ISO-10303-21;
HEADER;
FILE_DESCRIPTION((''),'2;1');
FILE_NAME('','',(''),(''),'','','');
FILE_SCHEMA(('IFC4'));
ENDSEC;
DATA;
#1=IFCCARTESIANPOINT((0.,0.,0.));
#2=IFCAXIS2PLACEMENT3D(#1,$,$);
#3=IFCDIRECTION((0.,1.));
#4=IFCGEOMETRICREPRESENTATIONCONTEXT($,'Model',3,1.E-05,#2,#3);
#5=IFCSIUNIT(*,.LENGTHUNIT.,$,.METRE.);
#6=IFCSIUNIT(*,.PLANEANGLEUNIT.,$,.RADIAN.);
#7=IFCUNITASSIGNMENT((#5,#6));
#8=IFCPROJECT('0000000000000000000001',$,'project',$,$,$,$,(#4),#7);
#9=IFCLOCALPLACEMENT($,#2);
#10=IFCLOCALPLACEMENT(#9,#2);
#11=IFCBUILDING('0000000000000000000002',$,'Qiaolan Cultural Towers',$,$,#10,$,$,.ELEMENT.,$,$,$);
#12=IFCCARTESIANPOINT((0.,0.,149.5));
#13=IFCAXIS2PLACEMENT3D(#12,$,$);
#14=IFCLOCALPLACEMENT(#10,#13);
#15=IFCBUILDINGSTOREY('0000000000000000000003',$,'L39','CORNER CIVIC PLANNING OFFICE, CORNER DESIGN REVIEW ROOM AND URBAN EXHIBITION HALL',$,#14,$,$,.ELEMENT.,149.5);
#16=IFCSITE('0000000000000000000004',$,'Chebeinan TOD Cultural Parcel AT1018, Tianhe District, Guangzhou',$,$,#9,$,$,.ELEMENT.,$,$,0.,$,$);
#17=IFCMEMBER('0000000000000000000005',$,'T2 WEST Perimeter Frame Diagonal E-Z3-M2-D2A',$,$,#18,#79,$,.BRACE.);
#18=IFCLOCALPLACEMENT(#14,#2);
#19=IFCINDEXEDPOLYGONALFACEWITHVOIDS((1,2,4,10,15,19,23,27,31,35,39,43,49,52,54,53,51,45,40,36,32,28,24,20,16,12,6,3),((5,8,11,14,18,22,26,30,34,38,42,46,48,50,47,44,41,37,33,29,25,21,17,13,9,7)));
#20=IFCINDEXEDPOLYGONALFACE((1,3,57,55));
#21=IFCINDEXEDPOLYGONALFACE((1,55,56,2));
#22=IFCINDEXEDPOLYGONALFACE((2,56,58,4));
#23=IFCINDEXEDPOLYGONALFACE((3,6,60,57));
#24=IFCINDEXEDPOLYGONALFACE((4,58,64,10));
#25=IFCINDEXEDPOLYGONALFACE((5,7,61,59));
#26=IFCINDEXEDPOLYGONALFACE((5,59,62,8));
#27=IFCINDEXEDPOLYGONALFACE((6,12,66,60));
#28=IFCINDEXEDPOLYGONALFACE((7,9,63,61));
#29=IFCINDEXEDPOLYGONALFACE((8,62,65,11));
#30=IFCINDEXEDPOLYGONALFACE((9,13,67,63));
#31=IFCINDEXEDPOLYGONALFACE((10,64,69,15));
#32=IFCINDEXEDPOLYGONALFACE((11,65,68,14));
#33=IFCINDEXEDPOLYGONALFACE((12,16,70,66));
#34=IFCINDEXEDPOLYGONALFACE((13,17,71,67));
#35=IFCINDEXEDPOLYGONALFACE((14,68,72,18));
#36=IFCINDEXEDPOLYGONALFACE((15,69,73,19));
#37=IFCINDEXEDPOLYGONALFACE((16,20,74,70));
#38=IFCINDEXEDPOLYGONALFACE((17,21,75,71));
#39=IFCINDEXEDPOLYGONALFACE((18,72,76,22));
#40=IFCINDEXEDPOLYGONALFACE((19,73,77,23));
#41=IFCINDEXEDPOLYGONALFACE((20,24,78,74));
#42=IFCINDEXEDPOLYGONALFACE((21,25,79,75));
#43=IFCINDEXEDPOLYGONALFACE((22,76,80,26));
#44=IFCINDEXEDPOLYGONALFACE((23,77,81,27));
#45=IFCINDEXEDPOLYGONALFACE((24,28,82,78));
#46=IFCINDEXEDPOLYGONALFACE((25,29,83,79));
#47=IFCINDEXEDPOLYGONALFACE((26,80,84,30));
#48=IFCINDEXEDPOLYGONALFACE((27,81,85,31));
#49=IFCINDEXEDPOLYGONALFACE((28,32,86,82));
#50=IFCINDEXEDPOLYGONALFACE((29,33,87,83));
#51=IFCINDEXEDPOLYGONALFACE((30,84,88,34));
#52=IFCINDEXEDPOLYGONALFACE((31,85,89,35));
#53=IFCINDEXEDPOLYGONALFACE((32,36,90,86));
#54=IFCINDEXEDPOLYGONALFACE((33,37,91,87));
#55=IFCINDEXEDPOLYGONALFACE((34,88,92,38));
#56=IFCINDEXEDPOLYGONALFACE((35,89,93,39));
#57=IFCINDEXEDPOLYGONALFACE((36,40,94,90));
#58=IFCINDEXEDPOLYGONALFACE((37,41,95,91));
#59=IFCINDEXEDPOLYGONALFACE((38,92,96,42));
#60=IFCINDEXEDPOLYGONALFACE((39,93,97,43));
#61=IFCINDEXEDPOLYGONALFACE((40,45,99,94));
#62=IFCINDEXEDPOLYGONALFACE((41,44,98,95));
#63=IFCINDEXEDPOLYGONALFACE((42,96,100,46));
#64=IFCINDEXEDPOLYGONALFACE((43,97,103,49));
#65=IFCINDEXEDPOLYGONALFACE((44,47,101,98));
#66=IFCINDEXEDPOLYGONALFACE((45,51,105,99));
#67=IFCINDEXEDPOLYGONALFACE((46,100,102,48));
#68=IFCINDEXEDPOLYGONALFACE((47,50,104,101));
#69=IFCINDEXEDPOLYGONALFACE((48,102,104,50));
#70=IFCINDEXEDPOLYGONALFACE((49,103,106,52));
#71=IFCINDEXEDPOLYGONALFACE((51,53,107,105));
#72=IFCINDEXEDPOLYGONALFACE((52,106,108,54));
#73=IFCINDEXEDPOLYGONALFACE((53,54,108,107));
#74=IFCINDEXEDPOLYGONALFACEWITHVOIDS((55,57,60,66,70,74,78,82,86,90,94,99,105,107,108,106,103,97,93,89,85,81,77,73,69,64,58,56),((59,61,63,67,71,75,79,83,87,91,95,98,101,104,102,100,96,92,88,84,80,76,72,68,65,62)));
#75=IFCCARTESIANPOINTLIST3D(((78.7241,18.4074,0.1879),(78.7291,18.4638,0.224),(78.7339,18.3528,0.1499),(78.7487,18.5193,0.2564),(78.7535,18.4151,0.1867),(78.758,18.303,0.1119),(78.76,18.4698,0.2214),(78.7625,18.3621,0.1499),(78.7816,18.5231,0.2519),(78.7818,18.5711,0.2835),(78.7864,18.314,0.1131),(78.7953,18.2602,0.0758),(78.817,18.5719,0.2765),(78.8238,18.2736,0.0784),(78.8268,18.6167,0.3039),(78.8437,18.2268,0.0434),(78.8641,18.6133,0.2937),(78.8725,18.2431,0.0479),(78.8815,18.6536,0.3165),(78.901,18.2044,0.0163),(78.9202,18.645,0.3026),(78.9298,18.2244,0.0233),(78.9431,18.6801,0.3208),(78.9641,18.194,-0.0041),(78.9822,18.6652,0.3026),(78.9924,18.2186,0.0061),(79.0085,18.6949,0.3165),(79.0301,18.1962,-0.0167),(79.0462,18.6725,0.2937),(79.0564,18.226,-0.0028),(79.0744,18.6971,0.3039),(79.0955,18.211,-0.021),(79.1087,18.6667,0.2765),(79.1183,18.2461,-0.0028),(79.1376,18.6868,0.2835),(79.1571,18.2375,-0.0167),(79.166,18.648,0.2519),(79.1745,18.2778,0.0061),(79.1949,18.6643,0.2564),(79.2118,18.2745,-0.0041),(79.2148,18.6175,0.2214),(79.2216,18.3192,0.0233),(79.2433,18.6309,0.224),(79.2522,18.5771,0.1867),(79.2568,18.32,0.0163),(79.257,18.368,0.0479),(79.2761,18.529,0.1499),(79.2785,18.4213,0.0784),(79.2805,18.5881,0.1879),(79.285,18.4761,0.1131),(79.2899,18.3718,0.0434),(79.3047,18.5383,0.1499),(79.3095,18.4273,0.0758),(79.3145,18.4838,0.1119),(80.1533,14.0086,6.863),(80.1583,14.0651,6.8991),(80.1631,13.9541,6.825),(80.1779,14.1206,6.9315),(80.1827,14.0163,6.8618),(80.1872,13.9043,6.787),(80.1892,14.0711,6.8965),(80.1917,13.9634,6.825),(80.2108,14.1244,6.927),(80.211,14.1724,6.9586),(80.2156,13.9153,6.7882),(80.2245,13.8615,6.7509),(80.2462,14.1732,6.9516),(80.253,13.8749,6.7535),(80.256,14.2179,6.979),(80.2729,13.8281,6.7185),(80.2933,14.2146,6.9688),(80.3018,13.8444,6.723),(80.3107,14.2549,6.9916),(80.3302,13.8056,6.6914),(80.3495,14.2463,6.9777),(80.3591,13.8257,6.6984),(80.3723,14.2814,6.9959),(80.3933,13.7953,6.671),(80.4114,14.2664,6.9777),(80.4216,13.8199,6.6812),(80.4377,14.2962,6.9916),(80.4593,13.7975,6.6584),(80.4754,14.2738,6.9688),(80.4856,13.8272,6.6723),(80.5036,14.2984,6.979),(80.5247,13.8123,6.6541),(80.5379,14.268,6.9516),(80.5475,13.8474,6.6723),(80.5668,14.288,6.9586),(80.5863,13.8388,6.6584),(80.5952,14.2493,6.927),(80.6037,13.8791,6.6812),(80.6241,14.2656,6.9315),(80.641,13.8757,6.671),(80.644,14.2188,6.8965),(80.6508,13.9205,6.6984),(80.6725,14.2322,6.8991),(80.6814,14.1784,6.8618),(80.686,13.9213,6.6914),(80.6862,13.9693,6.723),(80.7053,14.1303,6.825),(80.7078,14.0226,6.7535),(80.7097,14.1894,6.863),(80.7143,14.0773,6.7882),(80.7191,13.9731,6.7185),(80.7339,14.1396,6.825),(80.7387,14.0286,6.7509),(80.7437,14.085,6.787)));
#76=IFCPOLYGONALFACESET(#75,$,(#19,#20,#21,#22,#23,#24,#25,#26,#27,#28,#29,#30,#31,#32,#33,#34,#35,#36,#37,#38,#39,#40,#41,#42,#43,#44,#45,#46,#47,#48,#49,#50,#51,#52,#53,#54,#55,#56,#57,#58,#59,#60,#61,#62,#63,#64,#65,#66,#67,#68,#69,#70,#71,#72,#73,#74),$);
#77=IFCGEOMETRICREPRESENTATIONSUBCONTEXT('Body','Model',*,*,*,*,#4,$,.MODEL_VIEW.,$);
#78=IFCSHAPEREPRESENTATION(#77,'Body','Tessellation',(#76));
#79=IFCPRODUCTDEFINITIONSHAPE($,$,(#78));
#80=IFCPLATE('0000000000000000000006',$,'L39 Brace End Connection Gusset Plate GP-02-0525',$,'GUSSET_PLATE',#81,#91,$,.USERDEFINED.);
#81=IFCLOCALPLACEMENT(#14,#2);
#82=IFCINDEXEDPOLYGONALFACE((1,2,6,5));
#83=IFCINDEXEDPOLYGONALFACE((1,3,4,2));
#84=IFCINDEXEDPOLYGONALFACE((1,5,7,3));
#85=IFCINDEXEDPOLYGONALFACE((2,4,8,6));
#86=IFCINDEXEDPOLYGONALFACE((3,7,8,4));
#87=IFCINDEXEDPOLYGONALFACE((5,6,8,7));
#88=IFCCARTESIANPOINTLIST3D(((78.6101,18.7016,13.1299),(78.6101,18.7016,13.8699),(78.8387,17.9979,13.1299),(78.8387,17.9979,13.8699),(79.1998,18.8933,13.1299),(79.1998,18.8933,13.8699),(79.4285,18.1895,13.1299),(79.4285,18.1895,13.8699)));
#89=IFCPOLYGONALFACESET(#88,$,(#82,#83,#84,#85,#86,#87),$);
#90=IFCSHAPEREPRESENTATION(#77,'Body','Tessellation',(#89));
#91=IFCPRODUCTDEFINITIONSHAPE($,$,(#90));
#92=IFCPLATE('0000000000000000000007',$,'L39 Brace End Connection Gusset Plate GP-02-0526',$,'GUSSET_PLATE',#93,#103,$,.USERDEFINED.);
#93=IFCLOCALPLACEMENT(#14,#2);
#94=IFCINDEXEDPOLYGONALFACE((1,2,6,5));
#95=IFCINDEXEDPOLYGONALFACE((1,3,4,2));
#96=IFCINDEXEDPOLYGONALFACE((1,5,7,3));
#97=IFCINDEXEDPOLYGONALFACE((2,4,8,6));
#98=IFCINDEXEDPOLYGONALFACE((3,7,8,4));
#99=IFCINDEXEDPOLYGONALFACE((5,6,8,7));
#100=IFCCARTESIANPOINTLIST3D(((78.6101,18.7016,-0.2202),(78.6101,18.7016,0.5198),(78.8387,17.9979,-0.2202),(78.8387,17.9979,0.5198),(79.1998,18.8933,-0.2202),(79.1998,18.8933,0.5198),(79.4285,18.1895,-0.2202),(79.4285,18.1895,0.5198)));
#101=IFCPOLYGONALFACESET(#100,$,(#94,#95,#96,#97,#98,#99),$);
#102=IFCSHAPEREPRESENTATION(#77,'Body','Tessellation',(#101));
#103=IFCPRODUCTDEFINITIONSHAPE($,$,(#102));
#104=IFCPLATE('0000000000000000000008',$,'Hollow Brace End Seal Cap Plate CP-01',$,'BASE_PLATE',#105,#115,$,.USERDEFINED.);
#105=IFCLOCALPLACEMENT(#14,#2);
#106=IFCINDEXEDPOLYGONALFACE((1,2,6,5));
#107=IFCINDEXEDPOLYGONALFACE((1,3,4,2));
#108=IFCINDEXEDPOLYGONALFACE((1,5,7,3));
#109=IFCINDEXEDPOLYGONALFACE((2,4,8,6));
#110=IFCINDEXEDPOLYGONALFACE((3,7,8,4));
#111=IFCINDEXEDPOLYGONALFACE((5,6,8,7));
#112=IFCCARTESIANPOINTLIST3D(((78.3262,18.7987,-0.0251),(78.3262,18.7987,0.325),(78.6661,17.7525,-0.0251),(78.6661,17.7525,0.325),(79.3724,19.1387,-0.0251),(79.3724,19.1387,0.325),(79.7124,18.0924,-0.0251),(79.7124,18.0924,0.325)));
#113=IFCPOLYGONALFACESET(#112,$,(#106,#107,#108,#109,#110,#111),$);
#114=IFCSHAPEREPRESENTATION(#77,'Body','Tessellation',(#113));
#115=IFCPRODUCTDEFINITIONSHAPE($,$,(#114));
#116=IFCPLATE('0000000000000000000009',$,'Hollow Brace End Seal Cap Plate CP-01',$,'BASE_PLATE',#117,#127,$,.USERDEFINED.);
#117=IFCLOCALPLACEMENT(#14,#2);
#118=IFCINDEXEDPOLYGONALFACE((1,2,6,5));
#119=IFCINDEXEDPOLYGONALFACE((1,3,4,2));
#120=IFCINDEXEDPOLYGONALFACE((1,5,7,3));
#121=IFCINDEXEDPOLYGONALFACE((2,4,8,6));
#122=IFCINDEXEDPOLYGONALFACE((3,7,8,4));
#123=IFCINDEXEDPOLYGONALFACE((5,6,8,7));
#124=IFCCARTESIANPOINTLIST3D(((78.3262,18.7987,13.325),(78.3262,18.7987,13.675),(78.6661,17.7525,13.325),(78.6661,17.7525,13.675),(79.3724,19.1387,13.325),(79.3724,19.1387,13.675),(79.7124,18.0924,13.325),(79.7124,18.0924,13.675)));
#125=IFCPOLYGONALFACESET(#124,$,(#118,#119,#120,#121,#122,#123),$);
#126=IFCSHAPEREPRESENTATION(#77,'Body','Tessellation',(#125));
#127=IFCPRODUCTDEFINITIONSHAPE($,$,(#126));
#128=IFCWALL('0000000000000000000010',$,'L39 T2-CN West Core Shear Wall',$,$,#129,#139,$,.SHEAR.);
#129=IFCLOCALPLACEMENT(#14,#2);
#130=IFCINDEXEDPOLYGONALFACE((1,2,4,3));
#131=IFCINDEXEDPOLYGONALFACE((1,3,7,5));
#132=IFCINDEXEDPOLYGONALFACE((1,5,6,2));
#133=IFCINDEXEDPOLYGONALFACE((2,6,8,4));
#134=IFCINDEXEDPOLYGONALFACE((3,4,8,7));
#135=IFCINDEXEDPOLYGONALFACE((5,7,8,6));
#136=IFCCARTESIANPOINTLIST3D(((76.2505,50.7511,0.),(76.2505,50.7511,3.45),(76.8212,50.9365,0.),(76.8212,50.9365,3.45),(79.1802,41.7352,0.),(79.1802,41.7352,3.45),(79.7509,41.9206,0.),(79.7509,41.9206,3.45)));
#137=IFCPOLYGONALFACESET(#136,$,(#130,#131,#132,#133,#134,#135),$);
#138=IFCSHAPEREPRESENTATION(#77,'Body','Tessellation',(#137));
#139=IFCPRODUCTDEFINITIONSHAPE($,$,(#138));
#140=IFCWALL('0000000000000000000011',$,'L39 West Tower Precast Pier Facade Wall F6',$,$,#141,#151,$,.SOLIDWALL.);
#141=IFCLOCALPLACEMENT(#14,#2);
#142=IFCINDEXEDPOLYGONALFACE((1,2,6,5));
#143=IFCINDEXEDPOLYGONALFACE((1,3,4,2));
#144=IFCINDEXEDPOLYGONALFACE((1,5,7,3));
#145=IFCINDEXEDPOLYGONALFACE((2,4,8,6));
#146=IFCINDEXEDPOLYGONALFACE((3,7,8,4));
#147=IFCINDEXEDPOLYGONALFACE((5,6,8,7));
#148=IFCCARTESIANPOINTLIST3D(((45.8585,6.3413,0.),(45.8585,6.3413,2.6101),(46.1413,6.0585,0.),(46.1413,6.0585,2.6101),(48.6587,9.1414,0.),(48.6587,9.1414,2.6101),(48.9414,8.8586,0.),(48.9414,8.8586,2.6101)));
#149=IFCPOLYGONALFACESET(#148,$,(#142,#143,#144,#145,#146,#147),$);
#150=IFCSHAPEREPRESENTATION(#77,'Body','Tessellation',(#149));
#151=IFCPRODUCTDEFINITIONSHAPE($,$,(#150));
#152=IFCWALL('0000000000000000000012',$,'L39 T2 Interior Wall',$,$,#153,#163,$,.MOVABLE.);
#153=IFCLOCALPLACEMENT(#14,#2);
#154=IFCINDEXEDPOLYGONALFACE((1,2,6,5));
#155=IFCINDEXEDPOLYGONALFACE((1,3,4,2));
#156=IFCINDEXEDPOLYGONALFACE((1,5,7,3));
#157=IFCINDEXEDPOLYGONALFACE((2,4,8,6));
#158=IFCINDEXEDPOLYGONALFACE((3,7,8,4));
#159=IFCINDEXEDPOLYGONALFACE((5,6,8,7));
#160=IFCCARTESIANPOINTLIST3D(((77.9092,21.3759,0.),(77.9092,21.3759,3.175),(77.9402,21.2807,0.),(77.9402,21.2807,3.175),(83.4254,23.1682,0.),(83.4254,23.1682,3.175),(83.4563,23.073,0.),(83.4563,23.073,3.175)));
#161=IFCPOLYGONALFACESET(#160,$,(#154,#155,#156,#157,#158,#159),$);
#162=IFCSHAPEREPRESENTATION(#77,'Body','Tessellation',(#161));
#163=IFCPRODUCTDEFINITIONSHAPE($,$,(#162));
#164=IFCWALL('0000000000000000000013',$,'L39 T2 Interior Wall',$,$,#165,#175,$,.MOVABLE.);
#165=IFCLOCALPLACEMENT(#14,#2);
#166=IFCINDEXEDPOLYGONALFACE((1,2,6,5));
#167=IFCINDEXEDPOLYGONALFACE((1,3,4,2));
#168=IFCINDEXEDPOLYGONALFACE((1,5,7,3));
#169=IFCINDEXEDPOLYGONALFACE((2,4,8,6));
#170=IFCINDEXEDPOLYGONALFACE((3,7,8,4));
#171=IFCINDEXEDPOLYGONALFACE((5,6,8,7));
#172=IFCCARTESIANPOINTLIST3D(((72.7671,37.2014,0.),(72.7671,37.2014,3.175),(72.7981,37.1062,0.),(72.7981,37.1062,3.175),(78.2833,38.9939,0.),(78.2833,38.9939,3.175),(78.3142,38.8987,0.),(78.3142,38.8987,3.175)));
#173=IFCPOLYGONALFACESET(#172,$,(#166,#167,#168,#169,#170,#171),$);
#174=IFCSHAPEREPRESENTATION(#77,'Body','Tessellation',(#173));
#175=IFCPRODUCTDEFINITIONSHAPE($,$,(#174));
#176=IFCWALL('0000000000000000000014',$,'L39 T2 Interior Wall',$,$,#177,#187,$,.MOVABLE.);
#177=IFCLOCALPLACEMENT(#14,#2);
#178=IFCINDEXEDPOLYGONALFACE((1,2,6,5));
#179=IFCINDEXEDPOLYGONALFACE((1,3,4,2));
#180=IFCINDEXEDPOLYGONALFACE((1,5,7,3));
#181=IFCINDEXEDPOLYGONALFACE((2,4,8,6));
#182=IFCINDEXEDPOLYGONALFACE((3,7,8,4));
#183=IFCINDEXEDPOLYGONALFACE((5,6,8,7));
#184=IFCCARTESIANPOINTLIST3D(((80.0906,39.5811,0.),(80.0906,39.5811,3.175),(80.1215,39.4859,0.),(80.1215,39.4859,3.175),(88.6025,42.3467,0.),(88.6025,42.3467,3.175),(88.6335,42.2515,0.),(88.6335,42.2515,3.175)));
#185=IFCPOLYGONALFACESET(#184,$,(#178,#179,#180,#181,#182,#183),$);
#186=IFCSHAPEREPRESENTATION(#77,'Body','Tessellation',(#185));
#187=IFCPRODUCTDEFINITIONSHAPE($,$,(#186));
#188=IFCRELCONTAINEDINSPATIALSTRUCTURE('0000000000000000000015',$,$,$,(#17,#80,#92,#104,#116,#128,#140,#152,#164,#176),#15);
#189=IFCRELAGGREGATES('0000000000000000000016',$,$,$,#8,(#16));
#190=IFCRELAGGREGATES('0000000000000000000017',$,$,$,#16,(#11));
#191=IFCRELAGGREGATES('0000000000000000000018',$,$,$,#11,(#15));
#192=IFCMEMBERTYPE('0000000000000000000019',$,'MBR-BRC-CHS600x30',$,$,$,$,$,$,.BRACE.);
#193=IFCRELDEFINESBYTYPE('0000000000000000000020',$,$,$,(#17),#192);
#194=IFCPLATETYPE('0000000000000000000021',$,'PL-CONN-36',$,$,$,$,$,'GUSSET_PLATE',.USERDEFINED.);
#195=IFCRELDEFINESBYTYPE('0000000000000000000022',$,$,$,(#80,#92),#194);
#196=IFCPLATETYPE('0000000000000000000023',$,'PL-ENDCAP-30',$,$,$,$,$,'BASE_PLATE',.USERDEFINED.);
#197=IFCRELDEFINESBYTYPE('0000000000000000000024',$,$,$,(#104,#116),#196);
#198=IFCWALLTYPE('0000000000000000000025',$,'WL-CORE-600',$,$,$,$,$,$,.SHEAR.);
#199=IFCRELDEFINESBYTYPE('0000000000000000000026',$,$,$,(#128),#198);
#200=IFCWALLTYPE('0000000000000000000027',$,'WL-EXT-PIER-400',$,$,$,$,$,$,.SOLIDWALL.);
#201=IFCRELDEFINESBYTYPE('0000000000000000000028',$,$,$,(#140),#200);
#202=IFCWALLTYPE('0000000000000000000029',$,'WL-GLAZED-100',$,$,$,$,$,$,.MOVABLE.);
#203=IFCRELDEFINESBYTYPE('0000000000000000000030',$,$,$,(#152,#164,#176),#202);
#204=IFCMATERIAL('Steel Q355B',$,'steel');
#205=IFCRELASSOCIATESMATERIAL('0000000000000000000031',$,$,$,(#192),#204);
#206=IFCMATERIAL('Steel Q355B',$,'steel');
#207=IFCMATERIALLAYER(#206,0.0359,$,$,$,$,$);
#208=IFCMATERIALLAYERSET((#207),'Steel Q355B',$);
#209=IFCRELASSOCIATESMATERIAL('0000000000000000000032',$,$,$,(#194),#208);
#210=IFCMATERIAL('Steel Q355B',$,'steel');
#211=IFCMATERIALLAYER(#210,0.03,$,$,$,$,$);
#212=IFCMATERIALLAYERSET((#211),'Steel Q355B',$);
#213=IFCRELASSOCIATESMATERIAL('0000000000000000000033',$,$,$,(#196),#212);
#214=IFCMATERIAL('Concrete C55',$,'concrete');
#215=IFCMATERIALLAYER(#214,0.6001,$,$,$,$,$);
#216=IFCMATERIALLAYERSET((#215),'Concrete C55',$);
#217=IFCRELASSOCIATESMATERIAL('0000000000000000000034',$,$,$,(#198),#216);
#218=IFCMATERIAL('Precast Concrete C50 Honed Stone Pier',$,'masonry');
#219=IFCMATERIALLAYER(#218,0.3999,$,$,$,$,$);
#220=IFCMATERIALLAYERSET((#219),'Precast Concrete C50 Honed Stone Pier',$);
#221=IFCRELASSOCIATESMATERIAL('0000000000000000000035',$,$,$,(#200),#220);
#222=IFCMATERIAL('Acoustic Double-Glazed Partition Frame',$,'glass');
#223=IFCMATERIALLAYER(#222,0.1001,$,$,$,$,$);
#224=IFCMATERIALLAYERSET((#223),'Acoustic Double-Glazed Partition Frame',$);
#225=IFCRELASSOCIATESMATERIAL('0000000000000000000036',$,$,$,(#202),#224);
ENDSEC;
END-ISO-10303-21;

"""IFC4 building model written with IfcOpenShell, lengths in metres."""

from ifc_helpers import new_model, si_unit, direction, frame, frame_2d, origin, origin_2d, place, context, subcontext, project, spatial, rectangle, hollow_circle, extrude, material, layer, layer_set, material_profile, profile_set, type_object, element, save


model = new_model("IFC4")

# Units and contexts
model_context = context("Model", 3, precision=1e-05, world=origin(), true_north=direction((0.0, 1.0)))
body_context = subcontext(model_context, "Body", "Model", "MODEL_VIEW")
ifc_project = project(units=[si_unit("LENGTHUNIT", "METRE"), si_unit("PLANEANGLEUNIT", "RADIAN")], contexts=[model_context])

# Site, building, storey
site_placement = place(None, origin())
site = spatial("IfcSite", under=ifc_project, at=site_placement, Name="Chebeinan TOD Cultural Parcel AT1018, Tianhe District, Guangzhou", CompositionType="ELEMENT", RefElevation=0.0)
building_placement = place(site_placement, origin())
building = spatial("IfcBuilding", under=site, at=building_placement, Name="Qiaolan Cultural Towers", CompositionType="ELEMENT")
storey_placement = place(building_placement, frame((0.0, 0.0, 149.5)))
storey = spatial("IfcBuildingStorey", under=building, at=storey_placement, Name="L39", Description="CORNER CIVIC PLANNING OFFICE, CORNER DESIGN REVIEW ROOM AND URBAN EXHIBITION HALL", CompositionType="ELEMENT", Elevation=149.5)

# Member
ifc_material_1 = material(Name="Steel Q355B", Category="steel")
ifc_material_profile_1 = material_profile(ifc_material_1, hollow_circle(Radius=0.3, WallThickness=0.03, at=origin_2d()), Name="CHS600x30")
ifc_profile_set_1 = profile_set([ifc_material_profile_1], Name="Steel Q355B")
member_type = type_object("IfcMemberType", Name="MBR-BRC-CHS600x30", PredefinedType="BRACE", material=ifc_profile_set_1)
member_placement = place(storey_placement, frame((79.0193, 18.4456, 0.1499), z_axis=(0.175993, -0.541657, 0.82197), x_axis=(0.951058, 0.309013, 0.0)))
element("IfcMember", 1, at=member_placement, inside=storey, type_object=member_type, Name="T2 WEST Perimeter Frame Diagonal E-Z3-M2-D2A", PredefinedType="BRACE", context=body_context, shape_type="SweptSolid", body=[
    extrude(hollow_circle(Radius=0.3, WallThickness=0.03, at=origin_2d()), origin(), (0.0, 0.0, 1.0), 8.1208),
])

# Plates
ifc_material_2 = material(Name="Steel Q355B", Category="steel")
ifc_layer_1 = layer(ifc_material_2, 0.0359)
ifc_layer_set_1 = layer_set([ifc_layer_1], Name="Steel Q355B")
plate_type_1 = type_object("IfcPlateType", Name="PL-CONN-36", ElementType="GUSSET_PLATE", PredefinedType="USERDEFINED", material=ifc_layer_set_1)
for number, where, z_axis, x_axis, name in (
    (2, (79.0193, 18.4456, 13.1299), (0.0, 0.0, 1.0), (-0.309017, 0.951057, 0.0), "L39 Brace End Connection Gusset Plate GP-02-0525"),
    (3, (79.0193, 18.4456, -0.2202), (0.0, 0.0, 1.0), (-0.309017, 0.951057, 0.0), "L39 Brace End Connection Gusset Plate GP-02-0526"),
):
    element("IfcPlate", number, at=place(storey_placement, frame(where, z_axis=z_axis, x_axis=x_axis)), inside=storey, type_object=plate_type_1, Name=name, ObjectType="GUSSET_PLATE", PredefinedType="USERDEFINED", context=body_context, shape_type="SweptSolid", body=[
        extrude(rectangle(XDim=0.74, YDim=0.6201, at=origin_2d()), origin(), (0.0, 0.0, 1.0), 0.74),
    ])
ifc_material_3 = material(Name="Steel Q355B", Category="steel")
ifc_layer_2 = layer(ifc_material_3, 0.03)
ifc_layer_set_2 = layer_set([ifc_layer_2], Name="Steel Q355B")
plate_type_2 = type_object("IfcPlateType", Name="PL-ENDCAP-30", ElementType="BASE_PLATE", PredefinedType="USERDEFINED", material=ifc_layer_set_2)
for number, where, z_axis, x_axis, name in (
    (4, (79.0193, 18.4456, -0.0251), (0.0, 0.0, 1.0), (-0.309017, 0.951057, 0.0), "Hollow Brace End Seal Cap Plate CP-01"),
    (5, (79.0193, 18.4456, 13.325), (0.0, 0.0, 1.0), (-0.309017, 0.951057, 0.0), "Hollow Brace End Seal Cap Plate CP-01"),
):
    element("IfcPlate", number, at=place(storey_placement, frame(where, z_axis=z_axis, x_axis=x_axis)), inside=storey, type_object=plate_type_2, Name=name, ObjectType="BASE_PLATE", PredefinedType="USERDEFINED", context=body_context, shape_type="SweptSolid", body=[
        extrude(rectangle(XDim=1.1001, YDim=1.1001, at=origin_2d()), origin(), (0.0, 0.0, 1.0), 0.3501),
    ])

# Walls
ifc_material_4 = material(Name="Concrete C55", Category="concrete")
ifc_layer_3 = layer(ifc_material_4, 0.6001)
ifc_layer_set_3 = layer_set([ifc_layer_3], Name="Concrete C55")
wall_type_1 = type_object("IfcWallType", Name="WL-CORE-600", PredefinedType="SHEAR", material=ifc_layer_set_3)
wall_1_placement = place(storey_placement, frame((79.4656, 41.8279, 0.0), z_axis=(0.0, 0.0, 1.0), x_axis=(-0.309041, 0.951049, 0.0)))
element("IfcWall", 6, at=wall_1_placement, inside=storey, type_object=wall_type_1, Name="L39 T2-CN West Core Shear Wall", PredefinedType="SHEAR", context=body_context, shape_type="SweptSolid", body=[
    extrude(rectangle(XDim=9.48, YDim=0.6001, at=frame_2d((4.74, 0.0))), origin(), (0.0, 0.0, 1.0), 3.45),
])
ifc_material_5 = material(Name="Precast Concrete C50 Honed Stone Pier", Category="masonry")
ifc_layer_4 = layer(ifc_material_5, 0.3999)
ifc_layer_set_4 = layer_set([ifc_layer_4], Name="Precast Concrete C50 Honed Stone Pier")
wall_type_2 = type_object("IfcWallType", Name="WL-EXT-PIER-400", PredefinedType="SOLIDWALL", material=ifc_layer_set_4)
wall_2_placement = place(storey_placement, frame((48.8, 9.0, 0.0), z_axis=(0.0, 0.0, 1.0), x_axis=(-0.707107, -0.707107, 0.0)))
element("IfcWall", 7, at=wall_2_placement, inside=storey, type_object=wall_type_2, Name="L39 West Tower Precast Pier Facade Wall F6", PredefinedType="SOLIDWALL", context=body_context, shape_type="SweptSolid", body=[
    extrude(rectangle(XDim=3.96, YDim=0.3999, at=frame_2d((1.98, 0.0))), origin(), (0.0, 0.0, 1.0), 2.6101),
])
ifc_material_6 = material(Name="Acoustic Double-Glazed Partition Frame", Category="glass")
ifc_layer_5 = layer(ifc_material_6, 0.1001)
ifc_layer_set_5 = layer_set([ifc_layer_5], Name="Acoustic Double-Glazed Partition Frame")
wall_type_3 = type_object("IfcWallType", Name="WL-GLAZED-100", PredefinedType="MOVABLE", material=ifc_layer_set_5)
for number, where, z_axis, x_axis, name in (
    (8, (77.9248, 21.3284, 0.0), (0.0, 0.0, 1.0), (0.951059, 0.309008, 0.0), "L39 T2 Interior Wall"),
    (9, (72.7827, 37.1538, 0.0), (0.0, 0.0, 1.0), (0.951047, 0.309046, 0.0), "L39 T2 Interior Wall"),
):
    element("IfcWall", number, at=place(storey_placement, frame(where, z_axis=z_axis, x_axis=x_axis)), inside=storey, type_object=wall_type_3, Name=name, PredefinedType="MOVABLE", context=body_context, shape_type="SweptSolid", body=[
        extrude(rectangle(XDim=5.8, YDim=0.1001, at=frame_2d((2.8999, 0.0))), origin(), (0.0, 0.0, 1.0), 3.175),
    ])
wall_3_placement = place(storey_placement, frame((80.106, 39.5334, 0.0), z_axis=(0.0, 0.0, 1.0), x_axis=(0.951059, 0.309009, 0.0)))
element("IfcWall", 10, at=wall_3_placement, inside=storey, type_object=wall_type_3, Name="L39 T2 Interior Wall", PredefinedType="MOVABLE", context=body_context, shape_type="SweptSolid", body=[
    extrude(rectangle(XDim=8.95, YDim=0.1001, at=frame_2d((4.4751, 0.0))), origin(), (0.0, 0.0, 1.0), 3.175),
])

save(model, "model.ifc")
